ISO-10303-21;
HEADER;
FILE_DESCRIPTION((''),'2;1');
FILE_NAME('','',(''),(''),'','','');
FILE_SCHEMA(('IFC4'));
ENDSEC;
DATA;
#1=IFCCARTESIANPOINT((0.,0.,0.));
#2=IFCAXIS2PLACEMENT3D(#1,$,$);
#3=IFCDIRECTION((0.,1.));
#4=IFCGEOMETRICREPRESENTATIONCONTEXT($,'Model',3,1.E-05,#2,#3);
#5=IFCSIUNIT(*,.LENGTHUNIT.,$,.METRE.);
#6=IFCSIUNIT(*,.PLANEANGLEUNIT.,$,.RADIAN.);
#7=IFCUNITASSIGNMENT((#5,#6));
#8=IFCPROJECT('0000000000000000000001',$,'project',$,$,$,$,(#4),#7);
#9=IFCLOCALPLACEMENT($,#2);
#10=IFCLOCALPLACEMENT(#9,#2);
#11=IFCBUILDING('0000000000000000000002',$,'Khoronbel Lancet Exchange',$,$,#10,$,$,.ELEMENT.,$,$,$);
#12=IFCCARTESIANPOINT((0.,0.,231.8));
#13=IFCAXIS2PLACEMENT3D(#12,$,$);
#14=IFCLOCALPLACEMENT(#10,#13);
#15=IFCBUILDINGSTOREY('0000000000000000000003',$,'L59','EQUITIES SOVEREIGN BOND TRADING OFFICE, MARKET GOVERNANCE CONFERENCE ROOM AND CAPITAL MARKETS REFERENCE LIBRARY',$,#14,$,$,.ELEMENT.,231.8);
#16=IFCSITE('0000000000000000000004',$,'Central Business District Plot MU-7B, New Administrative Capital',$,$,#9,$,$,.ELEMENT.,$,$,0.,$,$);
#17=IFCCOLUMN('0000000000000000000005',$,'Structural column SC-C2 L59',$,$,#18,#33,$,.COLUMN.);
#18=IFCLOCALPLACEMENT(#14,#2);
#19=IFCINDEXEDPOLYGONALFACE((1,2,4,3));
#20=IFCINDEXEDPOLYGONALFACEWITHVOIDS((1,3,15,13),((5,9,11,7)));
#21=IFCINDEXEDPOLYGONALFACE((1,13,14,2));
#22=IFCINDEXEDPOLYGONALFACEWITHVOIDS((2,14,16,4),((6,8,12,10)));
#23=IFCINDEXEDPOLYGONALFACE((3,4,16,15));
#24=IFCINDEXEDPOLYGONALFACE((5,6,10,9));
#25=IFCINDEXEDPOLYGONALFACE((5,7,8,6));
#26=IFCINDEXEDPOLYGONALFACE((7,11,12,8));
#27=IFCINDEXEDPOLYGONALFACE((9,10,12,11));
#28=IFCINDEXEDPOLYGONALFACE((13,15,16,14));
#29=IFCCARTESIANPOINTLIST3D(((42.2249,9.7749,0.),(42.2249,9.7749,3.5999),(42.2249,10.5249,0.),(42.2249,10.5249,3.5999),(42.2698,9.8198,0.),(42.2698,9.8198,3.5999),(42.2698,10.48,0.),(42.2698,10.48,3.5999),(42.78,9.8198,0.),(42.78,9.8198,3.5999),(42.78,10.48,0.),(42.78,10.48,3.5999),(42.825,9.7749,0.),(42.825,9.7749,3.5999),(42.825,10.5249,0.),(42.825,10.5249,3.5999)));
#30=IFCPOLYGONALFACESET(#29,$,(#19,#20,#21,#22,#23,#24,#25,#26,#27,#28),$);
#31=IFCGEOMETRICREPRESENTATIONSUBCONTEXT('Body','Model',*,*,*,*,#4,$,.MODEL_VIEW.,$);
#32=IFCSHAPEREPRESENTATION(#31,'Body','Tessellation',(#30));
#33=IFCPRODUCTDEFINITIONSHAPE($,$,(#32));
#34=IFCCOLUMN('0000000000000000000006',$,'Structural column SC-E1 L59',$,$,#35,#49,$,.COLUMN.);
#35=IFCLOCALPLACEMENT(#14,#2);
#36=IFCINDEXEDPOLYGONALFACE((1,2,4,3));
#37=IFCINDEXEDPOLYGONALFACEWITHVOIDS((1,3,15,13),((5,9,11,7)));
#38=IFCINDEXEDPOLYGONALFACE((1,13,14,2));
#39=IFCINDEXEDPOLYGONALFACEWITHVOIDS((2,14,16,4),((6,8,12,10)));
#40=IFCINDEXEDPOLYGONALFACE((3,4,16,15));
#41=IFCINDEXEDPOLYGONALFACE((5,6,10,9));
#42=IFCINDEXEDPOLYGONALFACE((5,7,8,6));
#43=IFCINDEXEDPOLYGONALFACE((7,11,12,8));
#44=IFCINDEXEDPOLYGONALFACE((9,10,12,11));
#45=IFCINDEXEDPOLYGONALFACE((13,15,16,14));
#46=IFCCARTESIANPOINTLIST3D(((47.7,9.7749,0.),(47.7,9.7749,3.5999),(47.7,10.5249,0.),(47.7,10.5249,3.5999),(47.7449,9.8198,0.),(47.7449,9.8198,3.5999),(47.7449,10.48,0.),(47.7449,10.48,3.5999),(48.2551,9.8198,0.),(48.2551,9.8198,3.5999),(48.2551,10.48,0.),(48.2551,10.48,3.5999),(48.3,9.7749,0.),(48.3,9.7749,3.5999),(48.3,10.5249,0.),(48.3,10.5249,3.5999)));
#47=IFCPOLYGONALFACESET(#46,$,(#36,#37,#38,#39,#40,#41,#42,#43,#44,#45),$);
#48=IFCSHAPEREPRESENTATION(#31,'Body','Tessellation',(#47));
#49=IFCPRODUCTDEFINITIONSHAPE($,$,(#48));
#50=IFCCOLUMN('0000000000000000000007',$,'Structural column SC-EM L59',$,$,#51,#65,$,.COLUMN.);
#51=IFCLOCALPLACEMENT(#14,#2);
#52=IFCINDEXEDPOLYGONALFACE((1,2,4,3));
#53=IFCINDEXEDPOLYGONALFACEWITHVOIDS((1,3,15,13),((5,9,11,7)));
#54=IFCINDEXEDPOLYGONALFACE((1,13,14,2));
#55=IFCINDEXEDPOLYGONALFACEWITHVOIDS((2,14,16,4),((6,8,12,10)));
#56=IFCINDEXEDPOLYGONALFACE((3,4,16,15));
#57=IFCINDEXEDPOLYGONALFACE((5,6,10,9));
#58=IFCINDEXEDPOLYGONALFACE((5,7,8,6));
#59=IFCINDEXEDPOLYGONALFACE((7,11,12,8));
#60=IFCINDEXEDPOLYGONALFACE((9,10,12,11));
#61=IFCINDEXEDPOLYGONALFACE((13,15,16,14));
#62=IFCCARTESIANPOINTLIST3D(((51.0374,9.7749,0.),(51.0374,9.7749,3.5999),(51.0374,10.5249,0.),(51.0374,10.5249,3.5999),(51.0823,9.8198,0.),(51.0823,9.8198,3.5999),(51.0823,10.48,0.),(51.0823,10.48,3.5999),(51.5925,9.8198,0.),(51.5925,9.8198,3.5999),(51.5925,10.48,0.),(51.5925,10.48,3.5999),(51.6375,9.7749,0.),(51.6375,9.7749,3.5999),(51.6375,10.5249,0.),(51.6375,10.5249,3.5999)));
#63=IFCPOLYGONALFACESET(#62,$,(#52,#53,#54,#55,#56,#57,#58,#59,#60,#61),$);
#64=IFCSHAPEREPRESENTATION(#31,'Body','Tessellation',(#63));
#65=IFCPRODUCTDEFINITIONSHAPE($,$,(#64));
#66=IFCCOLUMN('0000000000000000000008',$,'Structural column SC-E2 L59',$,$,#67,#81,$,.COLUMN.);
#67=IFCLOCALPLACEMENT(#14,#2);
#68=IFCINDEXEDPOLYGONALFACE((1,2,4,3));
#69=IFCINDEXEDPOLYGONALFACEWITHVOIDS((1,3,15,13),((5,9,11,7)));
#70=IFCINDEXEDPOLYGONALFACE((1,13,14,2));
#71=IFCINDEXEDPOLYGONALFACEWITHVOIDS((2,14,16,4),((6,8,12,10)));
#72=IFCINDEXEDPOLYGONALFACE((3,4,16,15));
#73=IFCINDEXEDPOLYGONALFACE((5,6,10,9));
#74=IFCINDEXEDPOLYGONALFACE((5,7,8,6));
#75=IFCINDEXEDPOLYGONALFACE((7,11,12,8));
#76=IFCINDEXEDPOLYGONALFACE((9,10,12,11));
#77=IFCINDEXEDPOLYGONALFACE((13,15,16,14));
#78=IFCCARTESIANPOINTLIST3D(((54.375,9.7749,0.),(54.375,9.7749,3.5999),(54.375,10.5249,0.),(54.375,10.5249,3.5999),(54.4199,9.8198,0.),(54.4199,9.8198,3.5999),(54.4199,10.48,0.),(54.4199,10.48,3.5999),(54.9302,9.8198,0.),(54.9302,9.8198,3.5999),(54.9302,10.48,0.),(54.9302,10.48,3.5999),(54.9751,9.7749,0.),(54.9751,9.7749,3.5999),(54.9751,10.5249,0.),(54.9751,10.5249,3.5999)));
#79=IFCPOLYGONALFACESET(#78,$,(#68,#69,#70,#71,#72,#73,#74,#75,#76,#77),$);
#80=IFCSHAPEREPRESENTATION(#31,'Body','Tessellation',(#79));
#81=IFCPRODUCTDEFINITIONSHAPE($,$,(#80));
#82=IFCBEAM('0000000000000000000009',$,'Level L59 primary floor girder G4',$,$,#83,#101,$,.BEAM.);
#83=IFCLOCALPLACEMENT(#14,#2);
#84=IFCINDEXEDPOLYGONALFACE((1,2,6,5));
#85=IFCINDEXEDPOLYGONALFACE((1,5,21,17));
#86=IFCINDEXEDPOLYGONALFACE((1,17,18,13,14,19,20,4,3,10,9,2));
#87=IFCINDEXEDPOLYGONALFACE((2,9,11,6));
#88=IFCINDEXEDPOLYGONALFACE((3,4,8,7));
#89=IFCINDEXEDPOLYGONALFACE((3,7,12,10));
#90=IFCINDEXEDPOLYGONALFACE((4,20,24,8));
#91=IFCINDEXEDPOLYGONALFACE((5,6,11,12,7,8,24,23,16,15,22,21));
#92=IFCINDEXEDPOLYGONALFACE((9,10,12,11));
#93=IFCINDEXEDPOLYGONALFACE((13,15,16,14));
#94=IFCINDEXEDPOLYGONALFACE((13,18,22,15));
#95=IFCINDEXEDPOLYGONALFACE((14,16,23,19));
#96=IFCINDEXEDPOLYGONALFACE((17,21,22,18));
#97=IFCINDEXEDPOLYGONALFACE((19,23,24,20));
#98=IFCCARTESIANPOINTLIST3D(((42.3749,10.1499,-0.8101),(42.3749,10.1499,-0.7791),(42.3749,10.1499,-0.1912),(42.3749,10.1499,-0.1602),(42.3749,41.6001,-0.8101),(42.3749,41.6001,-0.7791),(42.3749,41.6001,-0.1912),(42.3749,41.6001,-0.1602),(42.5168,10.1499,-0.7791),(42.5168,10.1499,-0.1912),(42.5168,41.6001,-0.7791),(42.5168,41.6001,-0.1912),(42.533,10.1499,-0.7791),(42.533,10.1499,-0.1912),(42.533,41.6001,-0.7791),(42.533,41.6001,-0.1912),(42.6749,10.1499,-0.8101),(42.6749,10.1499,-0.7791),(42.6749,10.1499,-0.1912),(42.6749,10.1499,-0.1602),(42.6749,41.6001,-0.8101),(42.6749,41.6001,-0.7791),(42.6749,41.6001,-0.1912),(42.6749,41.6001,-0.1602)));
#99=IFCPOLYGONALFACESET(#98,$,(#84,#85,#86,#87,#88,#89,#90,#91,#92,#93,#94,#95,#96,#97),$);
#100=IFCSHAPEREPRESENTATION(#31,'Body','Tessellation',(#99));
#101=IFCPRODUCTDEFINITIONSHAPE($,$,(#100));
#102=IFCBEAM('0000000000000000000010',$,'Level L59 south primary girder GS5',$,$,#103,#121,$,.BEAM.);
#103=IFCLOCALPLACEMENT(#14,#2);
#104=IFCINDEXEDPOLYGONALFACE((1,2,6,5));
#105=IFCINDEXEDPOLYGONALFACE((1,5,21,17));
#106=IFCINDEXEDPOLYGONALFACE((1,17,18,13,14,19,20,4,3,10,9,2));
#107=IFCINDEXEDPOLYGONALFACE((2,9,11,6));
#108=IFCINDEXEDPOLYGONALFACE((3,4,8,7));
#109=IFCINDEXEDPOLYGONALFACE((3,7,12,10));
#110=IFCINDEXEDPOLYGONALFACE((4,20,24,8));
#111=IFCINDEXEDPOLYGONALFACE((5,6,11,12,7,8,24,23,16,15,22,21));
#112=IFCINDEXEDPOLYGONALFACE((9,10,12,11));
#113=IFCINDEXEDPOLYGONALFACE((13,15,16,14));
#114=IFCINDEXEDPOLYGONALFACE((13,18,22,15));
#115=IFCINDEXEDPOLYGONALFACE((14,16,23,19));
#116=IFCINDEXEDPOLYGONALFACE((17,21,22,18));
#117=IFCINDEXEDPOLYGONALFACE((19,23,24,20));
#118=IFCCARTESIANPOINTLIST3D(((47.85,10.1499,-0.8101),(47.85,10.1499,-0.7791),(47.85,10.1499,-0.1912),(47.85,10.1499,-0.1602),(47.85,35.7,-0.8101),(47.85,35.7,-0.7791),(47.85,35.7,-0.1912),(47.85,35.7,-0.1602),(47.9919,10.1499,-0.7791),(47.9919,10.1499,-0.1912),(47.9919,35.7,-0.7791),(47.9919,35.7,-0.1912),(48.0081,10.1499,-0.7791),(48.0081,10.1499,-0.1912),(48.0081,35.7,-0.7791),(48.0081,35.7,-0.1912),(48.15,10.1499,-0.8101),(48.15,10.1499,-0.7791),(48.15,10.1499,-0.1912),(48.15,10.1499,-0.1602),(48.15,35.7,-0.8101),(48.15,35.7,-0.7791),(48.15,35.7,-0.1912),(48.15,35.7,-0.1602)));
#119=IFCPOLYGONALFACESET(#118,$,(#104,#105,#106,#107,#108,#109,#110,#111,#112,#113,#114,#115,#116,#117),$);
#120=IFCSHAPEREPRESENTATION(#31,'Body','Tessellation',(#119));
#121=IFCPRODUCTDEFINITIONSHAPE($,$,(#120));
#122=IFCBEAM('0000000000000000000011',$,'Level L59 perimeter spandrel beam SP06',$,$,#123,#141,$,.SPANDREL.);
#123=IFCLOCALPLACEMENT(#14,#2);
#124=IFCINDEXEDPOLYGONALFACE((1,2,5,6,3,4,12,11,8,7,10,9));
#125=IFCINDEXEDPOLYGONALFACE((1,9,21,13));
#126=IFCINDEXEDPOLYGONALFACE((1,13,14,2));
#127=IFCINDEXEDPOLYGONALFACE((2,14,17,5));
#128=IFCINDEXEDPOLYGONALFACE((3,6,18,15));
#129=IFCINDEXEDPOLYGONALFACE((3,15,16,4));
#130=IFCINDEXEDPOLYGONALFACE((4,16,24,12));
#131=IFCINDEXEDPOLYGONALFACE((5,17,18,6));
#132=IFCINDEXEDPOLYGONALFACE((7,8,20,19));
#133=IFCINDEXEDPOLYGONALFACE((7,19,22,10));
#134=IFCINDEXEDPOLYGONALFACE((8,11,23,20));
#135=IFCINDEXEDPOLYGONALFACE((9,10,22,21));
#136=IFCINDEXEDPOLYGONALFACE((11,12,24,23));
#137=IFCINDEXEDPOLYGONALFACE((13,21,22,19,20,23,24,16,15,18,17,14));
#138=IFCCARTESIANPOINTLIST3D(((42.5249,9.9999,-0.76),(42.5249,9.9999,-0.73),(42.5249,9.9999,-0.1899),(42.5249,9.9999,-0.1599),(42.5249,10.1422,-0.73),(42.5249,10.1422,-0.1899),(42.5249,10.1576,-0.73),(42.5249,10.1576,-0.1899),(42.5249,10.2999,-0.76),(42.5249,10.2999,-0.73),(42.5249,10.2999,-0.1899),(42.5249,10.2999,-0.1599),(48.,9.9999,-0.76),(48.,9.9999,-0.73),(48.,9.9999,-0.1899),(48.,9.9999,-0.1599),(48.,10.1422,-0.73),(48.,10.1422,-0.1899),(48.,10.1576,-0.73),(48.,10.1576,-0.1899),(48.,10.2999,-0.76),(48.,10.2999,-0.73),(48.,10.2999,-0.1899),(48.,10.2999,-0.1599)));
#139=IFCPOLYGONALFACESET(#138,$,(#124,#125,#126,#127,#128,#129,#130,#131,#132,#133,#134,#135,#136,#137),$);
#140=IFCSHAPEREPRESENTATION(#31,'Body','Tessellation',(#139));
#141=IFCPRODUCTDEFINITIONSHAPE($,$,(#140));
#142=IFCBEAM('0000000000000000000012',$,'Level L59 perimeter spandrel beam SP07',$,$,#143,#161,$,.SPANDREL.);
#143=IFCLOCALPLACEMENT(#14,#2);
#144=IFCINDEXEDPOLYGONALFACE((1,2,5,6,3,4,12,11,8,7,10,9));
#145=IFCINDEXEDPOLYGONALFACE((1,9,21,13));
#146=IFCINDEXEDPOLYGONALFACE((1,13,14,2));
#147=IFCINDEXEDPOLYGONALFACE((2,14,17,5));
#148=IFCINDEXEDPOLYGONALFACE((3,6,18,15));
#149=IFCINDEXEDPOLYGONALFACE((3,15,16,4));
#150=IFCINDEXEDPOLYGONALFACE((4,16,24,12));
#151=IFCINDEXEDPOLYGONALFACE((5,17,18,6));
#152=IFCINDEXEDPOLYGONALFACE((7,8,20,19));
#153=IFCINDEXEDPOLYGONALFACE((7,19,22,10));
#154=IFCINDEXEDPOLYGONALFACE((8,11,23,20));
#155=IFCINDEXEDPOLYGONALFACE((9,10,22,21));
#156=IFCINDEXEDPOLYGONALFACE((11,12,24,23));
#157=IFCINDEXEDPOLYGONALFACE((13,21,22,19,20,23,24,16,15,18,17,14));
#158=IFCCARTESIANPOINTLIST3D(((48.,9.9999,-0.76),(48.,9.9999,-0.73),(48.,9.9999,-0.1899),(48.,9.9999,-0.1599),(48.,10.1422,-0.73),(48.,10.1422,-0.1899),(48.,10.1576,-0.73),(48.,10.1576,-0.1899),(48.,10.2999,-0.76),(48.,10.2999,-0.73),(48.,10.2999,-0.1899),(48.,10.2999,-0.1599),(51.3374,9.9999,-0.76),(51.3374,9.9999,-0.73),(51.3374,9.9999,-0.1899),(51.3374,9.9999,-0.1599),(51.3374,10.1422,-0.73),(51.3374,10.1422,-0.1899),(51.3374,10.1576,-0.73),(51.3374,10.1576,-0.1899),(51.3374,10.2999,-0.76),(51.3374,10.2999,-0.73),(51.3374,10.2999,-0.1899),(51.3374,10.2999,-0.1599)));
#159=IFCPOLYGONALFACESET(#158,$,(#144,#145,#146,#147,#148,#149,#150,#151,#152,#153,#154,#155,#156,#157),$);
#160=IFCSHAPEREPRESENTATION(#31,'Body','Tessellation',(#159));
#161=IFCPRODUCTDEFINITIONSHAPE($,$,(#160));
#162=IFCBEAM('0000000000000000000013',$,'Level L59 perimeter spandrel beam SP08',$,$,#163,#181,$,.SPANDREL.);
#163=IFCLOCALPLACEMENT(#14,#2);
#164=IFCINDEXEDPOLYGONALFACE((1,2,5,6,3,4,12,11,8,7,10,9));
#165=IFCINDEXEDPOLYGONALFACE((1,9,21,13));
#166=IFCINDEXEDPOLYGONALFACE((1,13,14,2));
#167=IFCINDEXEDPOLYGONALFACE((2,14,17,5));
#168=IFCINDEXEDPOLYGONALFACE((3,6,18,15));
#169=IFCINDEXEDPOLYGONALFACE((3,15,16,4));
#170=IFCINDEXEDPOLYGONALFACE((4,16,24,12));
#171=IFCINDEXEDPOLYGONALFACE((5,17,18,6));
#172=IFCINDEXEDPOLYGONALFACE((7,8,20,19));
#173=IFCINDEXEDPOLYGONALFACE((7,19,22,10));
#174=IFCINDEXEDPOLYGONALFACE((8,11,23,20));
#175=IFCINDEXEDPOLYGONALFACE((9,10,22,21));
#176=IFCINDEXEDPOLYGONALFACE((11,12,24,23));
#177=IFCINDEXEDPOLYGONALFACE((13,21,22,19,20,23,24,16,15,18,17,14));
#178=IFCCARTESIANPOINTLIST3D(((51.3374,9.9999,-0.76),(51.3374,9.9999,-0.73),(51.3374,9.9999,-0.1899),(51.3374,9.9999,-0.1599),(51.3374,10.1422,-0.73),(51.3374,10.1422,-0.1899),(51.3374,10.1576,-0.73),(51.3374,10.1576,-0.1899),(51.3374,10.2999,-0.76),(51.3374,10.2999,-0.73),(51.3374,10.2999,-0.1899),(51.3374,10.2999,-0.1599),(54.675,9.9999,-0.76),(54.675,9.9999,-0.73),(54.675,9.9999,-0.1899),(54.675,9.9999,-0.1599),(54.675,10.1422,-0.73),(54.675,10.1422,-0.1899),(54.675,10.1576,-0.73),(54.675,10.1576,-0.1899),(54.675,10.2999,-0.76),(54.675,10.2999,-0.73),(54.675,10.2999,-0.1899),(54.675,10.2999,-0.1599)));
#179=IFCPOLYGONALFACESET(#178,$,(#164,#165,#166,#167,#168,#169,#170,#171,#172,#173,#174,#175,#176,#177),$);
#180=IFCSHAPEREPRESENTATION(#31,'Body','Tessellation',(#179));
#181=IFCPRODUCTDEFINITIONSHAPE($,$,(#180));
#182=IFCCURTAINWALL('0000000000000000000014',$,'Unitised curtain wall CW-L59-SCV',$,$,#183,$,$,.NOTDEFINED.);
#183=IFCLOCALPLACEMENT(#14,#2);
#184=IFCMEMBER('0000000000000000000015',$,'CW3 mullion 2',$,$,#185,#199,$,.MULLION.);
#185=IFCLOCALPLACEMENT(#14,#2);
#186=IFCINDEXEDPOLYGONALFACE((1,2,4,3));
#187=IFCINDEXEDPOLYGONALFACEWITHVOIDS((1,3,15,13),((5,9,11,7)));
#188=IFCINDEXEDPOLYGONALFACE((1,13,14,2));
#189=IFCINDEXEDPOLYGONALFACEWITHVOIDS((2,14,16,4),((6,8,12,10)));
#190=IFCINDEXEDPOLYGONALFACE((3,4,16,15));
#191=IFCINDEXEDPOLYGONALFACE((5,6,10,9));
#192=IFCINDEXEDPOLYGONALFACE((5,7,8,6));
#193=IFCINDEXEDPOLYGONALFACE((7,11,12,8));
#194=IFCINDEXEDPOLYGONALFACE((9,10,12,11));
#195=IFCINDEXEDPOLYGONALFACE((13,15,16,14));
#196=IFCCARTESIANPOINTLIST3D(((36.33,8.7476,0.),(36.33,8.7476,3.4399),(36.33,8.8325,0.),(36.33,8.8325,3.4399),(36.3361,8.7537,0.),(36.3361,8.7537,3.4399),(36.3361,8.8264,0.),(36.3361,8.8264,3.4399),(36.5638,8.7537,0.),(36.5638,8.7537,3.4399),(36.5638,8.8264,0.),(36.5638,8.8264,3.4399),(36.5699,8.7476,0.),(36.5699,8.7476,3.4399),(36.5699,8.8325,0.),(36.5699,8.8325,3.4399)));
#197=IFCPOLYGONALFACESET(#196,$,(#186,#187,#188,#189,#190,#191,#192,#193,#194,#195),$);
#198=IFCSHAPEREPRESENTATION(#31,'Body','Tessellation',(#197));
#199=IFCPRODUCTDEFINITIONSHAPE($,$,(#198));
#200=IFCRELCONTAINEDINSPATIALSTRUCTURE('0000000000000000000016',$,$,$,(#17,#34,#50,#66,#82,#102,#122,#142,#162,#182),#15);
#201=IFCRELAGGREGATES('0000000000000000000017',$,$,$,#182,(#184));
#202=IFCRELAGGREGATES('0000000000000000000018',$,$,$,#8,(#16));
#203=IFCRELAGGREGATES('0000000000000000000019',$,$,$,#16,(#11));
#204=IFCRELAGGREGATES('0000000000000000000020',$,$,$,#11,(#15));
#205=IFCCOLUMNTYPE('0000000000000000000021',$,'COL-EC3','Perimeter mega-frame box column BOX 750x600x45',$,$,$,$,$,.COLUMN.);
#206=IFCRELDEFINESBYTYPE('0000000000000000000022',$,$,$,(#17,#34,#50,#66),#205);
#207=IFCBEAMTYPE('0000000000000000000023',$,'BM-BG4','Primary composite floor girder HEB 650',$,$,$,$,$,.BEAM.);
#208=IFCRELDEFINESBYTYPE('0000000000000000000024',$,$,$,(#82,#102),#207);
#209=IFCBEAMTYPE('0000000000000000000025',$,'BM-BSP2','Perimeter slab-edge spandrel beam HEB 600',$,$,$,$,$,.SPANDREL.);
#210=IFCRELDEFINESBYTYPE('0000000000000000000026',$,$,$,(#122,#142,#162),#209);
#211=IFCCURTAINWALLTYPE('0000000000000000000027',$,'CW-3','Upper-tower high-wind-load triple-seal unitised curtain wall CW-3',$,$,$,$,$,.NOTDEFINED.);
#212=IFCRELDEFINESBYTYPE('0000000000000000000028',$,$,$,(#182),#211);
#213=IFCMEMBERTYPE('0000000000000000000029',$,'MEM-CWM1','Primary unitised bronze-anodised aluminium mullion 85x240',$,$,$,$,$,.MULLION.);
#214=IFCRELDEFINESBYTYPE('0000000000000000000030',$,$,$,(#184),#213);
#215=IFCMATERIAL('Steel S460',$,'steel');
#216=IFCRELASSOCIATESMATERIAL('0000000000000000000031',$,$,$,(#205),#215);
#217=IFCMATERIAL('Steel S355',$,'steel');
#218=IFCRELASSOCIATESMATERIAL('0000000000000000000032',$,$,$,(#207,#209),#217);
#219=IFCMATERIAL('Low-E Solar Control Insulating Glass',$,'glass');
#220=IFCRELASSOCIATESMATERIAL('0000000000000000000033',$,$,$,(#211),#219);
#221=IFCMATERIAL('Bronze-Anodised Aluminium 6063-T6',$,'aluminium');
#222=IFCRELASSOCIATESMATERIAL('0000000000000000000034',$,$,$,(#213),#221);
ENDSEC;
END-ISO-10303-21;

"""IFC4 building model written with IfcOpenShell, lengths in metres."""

from ifc_helpers import new_model, si_unit, direction, frame, origin, origin_2d, place, context, subcontext, project, spatial, hollow_rectangle, i_section, extrude, material, material_profile, profile_set, type_object, element, aggregate, save


model = new_model("IFC4")

# Units and contexts
model_context = context("Model", 3, precision=1e-05, world=origin(), true_north=direction((0.0, 1.0)))
body_context = subcontext(model_context, "Body", "Model", "MODEL_VIEW")
ifc_project = project(units=[si_unit("LENGTHUNIT", "METRE"), si_unit("PLANEANGLEUNIT", "RADIAN")], contexts=[model_context])

# Site, building, storey
site_placement = place(None, origin())
site = spatial("IfcSite", under=ifc_project, at=site_placement, Name="Central Business District Plot MU-7B, New Administrative Capital", CompositionType="ELEMENT", RefElevation=0.0)
building_placement = place(site_placement, origin())
building = spatial("IfcBuilding", under=site, at=building_placement, Name="Khoronbel Lancet Exchange", CompositionType="ELEMENT")
storey_placement = place(building_placement, frame((0.0, 0.0, 231.8)))
storey = spatial("IfcBuildingStorey", under=building, at=storey_placement, Name="L59", Description="EQUITIES SOVEREIGN BOND TRADING OFFICE, MARKET GOVERNANCE CONFERENCE ROOM AND CAPITAL MARKETS REFERENCE LIBRARY", CompositionType="ELEMENT", Elevation=231.8)

# Columns
ifc_material_1 = material(Name="Steel S460", Category="steel")
ifc_material_profile_1 = material_profile(ifc_material_1, hollow_rectangle(XDim=0.6001, YDim=0.75, WallThickness=0.0449, at=origin_2d()), Name="BOX 750x600x45")
ifc_profile_set_1 = profile_set([ifc_material_profile_1], Name="Steel S460")
column_type = type_object("IfcColumnType", Name="COL-EC3", Description="Perimeter mega-frame box column BOX 750x600x45", PredefinedType="COLUMN", material=ifc_profile_set_1)
for number, where, z_axis, x_axis, name in (
    (1, (42.5249, 10.1499, 0.0), (0.0, 0.0, 1.0), (1.0, 0.0, 0.0), "Structural column SC-C2 L59"),
    (2, (48.0, 10.1499, 0.0), (0.0, 0.0, 1.0), (1.0, 0.0, 0.0), "Structural column SC-E1 L59"),
    (3, (51.3374, 10.1499, 0.0), (0.0, 0.0, 1.0), (1.0, 0.0, 0.0), "Structural column SC-EM L59"),
    (4, (54.675, 10.1499, 0.0), (0.0, 0.0, 1.0), (1.0, 0.0, 0.0), "Structural column SC-E2 L59"),
):
    element("IfcColumn", number, at=place(storey_placement, frame(where, z_axis=z_axis, x_axis=x_axis)), inside=storey, type_object=column_type, Name=name, PredefinedType="COLUMN", context=body_context, shape_type="SweptSolid", body=[
        extrude(hollow_rectangle(XDim=0.6001, YDim=0.75, WallThickness=0.0449, at=origin_2d()), origin(), (0.0, 0.0, 1.0), 3.5999),
    ])

# Beams
ifc_material_2 = material(Name="Steel S355", Category="steel")
ifc_material_profile_2 = material_profile(ifc_material_2, i_section(OverallWidth=0.3, OverallDepth=0.6499, WebThickness=0.0161, FlangeThickness=0.031, at=origin_2d()), Name="HEB 650")
ifc_profile_set_2 = profile_set([ifc_material_profile_2], Name="Steel S355")
beam_type_1 = type_object("IfcBeamType", Name="BM-BG4", Description="Primary composite floor girder HEB 650", PredefinedType="BEAM", material=ifc_profile_set_2)
beam_1_placement = place(storey_placement, frame((42.5249, 10.1499, -0.4851), z_axis=(0.0, 1.0, 0.0), x_axis=(-1.0, 0.0, 0.0)))
element("IfcBeam", 5, at=beam_1_placement, inside=storey, type_object=beam_type_1, Name="Level L59 primary floor girder G4", PredefinedType="BEAM", context=body_context, shape_type="SweptSolid", body=[
    extrude(i_section(OverallWidth=0.3, OverallDepth=0.6499, WebThickness=0.0161, FlangeThickness=0.031, at=origin_2d()), origin(), (0.0, 0.0, 1.0), 31.4502),
])
beam_2_placement = place(storey_placement, frame((48.0, 10.1499, -0.4851), z_axis=(0.0, 1.0, 0.0), x_axis=(-1.0, 0.0, 0.0)))
element("IfcBeam", 6, at=beam_2_placement, inside=storey, type_object=beam_type_1, Name="Level L59 south primary girder GS5", PredefinedType="BEAM", context=body_context, shape_type="SweptSolid", body=[
    extrude(i_section(OverallWidth=0.3, OverallDepth=0.6499, WebThickness=0.0161, FlangeThickness=0.031, at=origin_2d()), origin(), (0.0, 0.0, 1.0), 25.55),
])
ifc_material_profile_3 = material_profile(ifc_material_2, i_section(OverallWidth=0.3, OverallDepth=0.6001, WebThickness=0.0154, FlangeThickness=0.03, at=origin_2d()), Name="HEB 600")
ifc_profile_set_3 = profile_set([ifc_material_profile_3], Name="Steel S355")
beam_type_2 = type_object("IfcBeamType", Name="BM-BSP2", Description="Perimeter slab-edge spandrel beam HEB 600", PredefinedType="SPANDREL", material=ifc_profile_set_3)
beam_3_placement = place(storey_placement, frame((42.5249, 10.1499, -0.46), z_axis=(1.0, 0.0, 0.0), x_axis=(0.0, 1.0, 0.0)))
element("IfcBeam", 7, at=beam_3_placement, inside=storey, type_object=beam_type_2, Name="Level L59 perimeter spandrel beam SP06", PredefinedType="SPANDREL", context=body_context, shape_type="SweptSolid", body=[
    extrude(i_section(OverallWidth=0.3, OverallDepth=0.6001, WebThickness=0.0154, FlangeThickness=0.03, at=origin_2d()), origin(), (0.0, 0.0, 1.0), 5.4751),
])
beam_4_placement = place(storey_placement, frame((48.0, 10.1499, -0.46), z_axis=(1.0, 0.0, 0.0), x_axis=(0.0, 1.0, 0.0)))
element("IfcBeam", 8, at=beam_4_placement, inside=storey, type_object=beam_type_2, Name="Level L59 perimeter spandrel beam SP07", PredefinedType="SPANDREL", context=body_context, shape_type="SweptSolid", body=[
    extrude(i_section(OverallWidth=0.3, OverallDepth=0.6001, WebThickness=0.0154, FlangeThickness=0.03, at=origin_2d()), origin(), (0.0, 0.0, 1.0), 3.3374),
])
beam_5_placement = place(storey_placement, frame((51.3374, 10.1499, -0.46), z_axis=(1.0, 0.0, 0.0), x_axis=(0.0, 1.0, 0.0)))
element("IfcBeam", 9, at=beam_5_placement, inside=storey, type_object=beam_type_2, Name="Level L59 perimeter spandrel beam SP08", PredefinedType="SPANDREL", context=body_context, shape_type="SweptSolid", body=[
    extrude(i_section(OverallWidth=0.3, OverallDepth=0.6001, WebThickness=0.0154, FlangeThickness=0.03, at=origin_2d()), origin(), (0.0, 0.0, 1.0), 3.3376),
])

# Curtain wall, member
ifc_material_3 = material(Name="Low-E Solar Control Insulating Glass", Category="glass")
curtain_wall_type = type_object("IfcCurtainWallType", Name="CW-3", Description="Upper-tower high-wind-load triple-seal unitised curtain wall CW-3", PredefinedType="NOTDEFINED", material=ifc_material_3)
curtain_wall_1_placement = place(storey_placement, origin())
curtain_wall_1 = element("IfcCurtainWall", 10, at=curtain_wall_1_placement, inside=storey, type_object=curtain_wall_type, Name="Unitised curtain wall CW-L59-SCV", PredefinedType="NOTDEFINED")
ifc_material_4 = material(Name="Bronze-Anodised Aluminium 6063-T6", Category="aluminium")
ifc_material_profile_4 = material_profile(ifc_material_4, hollow_rectangle(XDim=0.085, YDim=0.24, WallThickness=0.0061, at=origin_2d()), Name="ALU MULLION 85x240")
ifc_profile_set_4 = profile_set([ifc_material_profile_4], Name="Bronze-Anodised Aluminium 6063-T6")
member_type_1 = type_object("IfcMemberType", Name="MEM-CWM1", Description="Primary unitised bronze-anodised aluminium mullion 85x240", PredefinedType="MULLION", material=ifc_profile_set_4)
member_1_placement = place(storey_placement, frame((36.45, 8.79, 0.0), z_axis=(0.0, 0.0, 1.0), x_axis=(0.0, 1.0, 0.0)))
member_1 = element("IfcMember", 11, at=member_1_placement, type_object=member_type_1, Name="CW3 mullion 2", PredefinedType="MULLION", context=body_context, shape_type="SweptSolid", body=[
    extrude(hollow_rectangle(XDim=0.085, YDim=0.24, WallThickness=0.0061, at=origin_2d()), origin(), (0.0, 0.0, 1.0), 3.4399),
])

aggregate(curtain_wall_1, [member_1])

save(model, "model.ifc")
